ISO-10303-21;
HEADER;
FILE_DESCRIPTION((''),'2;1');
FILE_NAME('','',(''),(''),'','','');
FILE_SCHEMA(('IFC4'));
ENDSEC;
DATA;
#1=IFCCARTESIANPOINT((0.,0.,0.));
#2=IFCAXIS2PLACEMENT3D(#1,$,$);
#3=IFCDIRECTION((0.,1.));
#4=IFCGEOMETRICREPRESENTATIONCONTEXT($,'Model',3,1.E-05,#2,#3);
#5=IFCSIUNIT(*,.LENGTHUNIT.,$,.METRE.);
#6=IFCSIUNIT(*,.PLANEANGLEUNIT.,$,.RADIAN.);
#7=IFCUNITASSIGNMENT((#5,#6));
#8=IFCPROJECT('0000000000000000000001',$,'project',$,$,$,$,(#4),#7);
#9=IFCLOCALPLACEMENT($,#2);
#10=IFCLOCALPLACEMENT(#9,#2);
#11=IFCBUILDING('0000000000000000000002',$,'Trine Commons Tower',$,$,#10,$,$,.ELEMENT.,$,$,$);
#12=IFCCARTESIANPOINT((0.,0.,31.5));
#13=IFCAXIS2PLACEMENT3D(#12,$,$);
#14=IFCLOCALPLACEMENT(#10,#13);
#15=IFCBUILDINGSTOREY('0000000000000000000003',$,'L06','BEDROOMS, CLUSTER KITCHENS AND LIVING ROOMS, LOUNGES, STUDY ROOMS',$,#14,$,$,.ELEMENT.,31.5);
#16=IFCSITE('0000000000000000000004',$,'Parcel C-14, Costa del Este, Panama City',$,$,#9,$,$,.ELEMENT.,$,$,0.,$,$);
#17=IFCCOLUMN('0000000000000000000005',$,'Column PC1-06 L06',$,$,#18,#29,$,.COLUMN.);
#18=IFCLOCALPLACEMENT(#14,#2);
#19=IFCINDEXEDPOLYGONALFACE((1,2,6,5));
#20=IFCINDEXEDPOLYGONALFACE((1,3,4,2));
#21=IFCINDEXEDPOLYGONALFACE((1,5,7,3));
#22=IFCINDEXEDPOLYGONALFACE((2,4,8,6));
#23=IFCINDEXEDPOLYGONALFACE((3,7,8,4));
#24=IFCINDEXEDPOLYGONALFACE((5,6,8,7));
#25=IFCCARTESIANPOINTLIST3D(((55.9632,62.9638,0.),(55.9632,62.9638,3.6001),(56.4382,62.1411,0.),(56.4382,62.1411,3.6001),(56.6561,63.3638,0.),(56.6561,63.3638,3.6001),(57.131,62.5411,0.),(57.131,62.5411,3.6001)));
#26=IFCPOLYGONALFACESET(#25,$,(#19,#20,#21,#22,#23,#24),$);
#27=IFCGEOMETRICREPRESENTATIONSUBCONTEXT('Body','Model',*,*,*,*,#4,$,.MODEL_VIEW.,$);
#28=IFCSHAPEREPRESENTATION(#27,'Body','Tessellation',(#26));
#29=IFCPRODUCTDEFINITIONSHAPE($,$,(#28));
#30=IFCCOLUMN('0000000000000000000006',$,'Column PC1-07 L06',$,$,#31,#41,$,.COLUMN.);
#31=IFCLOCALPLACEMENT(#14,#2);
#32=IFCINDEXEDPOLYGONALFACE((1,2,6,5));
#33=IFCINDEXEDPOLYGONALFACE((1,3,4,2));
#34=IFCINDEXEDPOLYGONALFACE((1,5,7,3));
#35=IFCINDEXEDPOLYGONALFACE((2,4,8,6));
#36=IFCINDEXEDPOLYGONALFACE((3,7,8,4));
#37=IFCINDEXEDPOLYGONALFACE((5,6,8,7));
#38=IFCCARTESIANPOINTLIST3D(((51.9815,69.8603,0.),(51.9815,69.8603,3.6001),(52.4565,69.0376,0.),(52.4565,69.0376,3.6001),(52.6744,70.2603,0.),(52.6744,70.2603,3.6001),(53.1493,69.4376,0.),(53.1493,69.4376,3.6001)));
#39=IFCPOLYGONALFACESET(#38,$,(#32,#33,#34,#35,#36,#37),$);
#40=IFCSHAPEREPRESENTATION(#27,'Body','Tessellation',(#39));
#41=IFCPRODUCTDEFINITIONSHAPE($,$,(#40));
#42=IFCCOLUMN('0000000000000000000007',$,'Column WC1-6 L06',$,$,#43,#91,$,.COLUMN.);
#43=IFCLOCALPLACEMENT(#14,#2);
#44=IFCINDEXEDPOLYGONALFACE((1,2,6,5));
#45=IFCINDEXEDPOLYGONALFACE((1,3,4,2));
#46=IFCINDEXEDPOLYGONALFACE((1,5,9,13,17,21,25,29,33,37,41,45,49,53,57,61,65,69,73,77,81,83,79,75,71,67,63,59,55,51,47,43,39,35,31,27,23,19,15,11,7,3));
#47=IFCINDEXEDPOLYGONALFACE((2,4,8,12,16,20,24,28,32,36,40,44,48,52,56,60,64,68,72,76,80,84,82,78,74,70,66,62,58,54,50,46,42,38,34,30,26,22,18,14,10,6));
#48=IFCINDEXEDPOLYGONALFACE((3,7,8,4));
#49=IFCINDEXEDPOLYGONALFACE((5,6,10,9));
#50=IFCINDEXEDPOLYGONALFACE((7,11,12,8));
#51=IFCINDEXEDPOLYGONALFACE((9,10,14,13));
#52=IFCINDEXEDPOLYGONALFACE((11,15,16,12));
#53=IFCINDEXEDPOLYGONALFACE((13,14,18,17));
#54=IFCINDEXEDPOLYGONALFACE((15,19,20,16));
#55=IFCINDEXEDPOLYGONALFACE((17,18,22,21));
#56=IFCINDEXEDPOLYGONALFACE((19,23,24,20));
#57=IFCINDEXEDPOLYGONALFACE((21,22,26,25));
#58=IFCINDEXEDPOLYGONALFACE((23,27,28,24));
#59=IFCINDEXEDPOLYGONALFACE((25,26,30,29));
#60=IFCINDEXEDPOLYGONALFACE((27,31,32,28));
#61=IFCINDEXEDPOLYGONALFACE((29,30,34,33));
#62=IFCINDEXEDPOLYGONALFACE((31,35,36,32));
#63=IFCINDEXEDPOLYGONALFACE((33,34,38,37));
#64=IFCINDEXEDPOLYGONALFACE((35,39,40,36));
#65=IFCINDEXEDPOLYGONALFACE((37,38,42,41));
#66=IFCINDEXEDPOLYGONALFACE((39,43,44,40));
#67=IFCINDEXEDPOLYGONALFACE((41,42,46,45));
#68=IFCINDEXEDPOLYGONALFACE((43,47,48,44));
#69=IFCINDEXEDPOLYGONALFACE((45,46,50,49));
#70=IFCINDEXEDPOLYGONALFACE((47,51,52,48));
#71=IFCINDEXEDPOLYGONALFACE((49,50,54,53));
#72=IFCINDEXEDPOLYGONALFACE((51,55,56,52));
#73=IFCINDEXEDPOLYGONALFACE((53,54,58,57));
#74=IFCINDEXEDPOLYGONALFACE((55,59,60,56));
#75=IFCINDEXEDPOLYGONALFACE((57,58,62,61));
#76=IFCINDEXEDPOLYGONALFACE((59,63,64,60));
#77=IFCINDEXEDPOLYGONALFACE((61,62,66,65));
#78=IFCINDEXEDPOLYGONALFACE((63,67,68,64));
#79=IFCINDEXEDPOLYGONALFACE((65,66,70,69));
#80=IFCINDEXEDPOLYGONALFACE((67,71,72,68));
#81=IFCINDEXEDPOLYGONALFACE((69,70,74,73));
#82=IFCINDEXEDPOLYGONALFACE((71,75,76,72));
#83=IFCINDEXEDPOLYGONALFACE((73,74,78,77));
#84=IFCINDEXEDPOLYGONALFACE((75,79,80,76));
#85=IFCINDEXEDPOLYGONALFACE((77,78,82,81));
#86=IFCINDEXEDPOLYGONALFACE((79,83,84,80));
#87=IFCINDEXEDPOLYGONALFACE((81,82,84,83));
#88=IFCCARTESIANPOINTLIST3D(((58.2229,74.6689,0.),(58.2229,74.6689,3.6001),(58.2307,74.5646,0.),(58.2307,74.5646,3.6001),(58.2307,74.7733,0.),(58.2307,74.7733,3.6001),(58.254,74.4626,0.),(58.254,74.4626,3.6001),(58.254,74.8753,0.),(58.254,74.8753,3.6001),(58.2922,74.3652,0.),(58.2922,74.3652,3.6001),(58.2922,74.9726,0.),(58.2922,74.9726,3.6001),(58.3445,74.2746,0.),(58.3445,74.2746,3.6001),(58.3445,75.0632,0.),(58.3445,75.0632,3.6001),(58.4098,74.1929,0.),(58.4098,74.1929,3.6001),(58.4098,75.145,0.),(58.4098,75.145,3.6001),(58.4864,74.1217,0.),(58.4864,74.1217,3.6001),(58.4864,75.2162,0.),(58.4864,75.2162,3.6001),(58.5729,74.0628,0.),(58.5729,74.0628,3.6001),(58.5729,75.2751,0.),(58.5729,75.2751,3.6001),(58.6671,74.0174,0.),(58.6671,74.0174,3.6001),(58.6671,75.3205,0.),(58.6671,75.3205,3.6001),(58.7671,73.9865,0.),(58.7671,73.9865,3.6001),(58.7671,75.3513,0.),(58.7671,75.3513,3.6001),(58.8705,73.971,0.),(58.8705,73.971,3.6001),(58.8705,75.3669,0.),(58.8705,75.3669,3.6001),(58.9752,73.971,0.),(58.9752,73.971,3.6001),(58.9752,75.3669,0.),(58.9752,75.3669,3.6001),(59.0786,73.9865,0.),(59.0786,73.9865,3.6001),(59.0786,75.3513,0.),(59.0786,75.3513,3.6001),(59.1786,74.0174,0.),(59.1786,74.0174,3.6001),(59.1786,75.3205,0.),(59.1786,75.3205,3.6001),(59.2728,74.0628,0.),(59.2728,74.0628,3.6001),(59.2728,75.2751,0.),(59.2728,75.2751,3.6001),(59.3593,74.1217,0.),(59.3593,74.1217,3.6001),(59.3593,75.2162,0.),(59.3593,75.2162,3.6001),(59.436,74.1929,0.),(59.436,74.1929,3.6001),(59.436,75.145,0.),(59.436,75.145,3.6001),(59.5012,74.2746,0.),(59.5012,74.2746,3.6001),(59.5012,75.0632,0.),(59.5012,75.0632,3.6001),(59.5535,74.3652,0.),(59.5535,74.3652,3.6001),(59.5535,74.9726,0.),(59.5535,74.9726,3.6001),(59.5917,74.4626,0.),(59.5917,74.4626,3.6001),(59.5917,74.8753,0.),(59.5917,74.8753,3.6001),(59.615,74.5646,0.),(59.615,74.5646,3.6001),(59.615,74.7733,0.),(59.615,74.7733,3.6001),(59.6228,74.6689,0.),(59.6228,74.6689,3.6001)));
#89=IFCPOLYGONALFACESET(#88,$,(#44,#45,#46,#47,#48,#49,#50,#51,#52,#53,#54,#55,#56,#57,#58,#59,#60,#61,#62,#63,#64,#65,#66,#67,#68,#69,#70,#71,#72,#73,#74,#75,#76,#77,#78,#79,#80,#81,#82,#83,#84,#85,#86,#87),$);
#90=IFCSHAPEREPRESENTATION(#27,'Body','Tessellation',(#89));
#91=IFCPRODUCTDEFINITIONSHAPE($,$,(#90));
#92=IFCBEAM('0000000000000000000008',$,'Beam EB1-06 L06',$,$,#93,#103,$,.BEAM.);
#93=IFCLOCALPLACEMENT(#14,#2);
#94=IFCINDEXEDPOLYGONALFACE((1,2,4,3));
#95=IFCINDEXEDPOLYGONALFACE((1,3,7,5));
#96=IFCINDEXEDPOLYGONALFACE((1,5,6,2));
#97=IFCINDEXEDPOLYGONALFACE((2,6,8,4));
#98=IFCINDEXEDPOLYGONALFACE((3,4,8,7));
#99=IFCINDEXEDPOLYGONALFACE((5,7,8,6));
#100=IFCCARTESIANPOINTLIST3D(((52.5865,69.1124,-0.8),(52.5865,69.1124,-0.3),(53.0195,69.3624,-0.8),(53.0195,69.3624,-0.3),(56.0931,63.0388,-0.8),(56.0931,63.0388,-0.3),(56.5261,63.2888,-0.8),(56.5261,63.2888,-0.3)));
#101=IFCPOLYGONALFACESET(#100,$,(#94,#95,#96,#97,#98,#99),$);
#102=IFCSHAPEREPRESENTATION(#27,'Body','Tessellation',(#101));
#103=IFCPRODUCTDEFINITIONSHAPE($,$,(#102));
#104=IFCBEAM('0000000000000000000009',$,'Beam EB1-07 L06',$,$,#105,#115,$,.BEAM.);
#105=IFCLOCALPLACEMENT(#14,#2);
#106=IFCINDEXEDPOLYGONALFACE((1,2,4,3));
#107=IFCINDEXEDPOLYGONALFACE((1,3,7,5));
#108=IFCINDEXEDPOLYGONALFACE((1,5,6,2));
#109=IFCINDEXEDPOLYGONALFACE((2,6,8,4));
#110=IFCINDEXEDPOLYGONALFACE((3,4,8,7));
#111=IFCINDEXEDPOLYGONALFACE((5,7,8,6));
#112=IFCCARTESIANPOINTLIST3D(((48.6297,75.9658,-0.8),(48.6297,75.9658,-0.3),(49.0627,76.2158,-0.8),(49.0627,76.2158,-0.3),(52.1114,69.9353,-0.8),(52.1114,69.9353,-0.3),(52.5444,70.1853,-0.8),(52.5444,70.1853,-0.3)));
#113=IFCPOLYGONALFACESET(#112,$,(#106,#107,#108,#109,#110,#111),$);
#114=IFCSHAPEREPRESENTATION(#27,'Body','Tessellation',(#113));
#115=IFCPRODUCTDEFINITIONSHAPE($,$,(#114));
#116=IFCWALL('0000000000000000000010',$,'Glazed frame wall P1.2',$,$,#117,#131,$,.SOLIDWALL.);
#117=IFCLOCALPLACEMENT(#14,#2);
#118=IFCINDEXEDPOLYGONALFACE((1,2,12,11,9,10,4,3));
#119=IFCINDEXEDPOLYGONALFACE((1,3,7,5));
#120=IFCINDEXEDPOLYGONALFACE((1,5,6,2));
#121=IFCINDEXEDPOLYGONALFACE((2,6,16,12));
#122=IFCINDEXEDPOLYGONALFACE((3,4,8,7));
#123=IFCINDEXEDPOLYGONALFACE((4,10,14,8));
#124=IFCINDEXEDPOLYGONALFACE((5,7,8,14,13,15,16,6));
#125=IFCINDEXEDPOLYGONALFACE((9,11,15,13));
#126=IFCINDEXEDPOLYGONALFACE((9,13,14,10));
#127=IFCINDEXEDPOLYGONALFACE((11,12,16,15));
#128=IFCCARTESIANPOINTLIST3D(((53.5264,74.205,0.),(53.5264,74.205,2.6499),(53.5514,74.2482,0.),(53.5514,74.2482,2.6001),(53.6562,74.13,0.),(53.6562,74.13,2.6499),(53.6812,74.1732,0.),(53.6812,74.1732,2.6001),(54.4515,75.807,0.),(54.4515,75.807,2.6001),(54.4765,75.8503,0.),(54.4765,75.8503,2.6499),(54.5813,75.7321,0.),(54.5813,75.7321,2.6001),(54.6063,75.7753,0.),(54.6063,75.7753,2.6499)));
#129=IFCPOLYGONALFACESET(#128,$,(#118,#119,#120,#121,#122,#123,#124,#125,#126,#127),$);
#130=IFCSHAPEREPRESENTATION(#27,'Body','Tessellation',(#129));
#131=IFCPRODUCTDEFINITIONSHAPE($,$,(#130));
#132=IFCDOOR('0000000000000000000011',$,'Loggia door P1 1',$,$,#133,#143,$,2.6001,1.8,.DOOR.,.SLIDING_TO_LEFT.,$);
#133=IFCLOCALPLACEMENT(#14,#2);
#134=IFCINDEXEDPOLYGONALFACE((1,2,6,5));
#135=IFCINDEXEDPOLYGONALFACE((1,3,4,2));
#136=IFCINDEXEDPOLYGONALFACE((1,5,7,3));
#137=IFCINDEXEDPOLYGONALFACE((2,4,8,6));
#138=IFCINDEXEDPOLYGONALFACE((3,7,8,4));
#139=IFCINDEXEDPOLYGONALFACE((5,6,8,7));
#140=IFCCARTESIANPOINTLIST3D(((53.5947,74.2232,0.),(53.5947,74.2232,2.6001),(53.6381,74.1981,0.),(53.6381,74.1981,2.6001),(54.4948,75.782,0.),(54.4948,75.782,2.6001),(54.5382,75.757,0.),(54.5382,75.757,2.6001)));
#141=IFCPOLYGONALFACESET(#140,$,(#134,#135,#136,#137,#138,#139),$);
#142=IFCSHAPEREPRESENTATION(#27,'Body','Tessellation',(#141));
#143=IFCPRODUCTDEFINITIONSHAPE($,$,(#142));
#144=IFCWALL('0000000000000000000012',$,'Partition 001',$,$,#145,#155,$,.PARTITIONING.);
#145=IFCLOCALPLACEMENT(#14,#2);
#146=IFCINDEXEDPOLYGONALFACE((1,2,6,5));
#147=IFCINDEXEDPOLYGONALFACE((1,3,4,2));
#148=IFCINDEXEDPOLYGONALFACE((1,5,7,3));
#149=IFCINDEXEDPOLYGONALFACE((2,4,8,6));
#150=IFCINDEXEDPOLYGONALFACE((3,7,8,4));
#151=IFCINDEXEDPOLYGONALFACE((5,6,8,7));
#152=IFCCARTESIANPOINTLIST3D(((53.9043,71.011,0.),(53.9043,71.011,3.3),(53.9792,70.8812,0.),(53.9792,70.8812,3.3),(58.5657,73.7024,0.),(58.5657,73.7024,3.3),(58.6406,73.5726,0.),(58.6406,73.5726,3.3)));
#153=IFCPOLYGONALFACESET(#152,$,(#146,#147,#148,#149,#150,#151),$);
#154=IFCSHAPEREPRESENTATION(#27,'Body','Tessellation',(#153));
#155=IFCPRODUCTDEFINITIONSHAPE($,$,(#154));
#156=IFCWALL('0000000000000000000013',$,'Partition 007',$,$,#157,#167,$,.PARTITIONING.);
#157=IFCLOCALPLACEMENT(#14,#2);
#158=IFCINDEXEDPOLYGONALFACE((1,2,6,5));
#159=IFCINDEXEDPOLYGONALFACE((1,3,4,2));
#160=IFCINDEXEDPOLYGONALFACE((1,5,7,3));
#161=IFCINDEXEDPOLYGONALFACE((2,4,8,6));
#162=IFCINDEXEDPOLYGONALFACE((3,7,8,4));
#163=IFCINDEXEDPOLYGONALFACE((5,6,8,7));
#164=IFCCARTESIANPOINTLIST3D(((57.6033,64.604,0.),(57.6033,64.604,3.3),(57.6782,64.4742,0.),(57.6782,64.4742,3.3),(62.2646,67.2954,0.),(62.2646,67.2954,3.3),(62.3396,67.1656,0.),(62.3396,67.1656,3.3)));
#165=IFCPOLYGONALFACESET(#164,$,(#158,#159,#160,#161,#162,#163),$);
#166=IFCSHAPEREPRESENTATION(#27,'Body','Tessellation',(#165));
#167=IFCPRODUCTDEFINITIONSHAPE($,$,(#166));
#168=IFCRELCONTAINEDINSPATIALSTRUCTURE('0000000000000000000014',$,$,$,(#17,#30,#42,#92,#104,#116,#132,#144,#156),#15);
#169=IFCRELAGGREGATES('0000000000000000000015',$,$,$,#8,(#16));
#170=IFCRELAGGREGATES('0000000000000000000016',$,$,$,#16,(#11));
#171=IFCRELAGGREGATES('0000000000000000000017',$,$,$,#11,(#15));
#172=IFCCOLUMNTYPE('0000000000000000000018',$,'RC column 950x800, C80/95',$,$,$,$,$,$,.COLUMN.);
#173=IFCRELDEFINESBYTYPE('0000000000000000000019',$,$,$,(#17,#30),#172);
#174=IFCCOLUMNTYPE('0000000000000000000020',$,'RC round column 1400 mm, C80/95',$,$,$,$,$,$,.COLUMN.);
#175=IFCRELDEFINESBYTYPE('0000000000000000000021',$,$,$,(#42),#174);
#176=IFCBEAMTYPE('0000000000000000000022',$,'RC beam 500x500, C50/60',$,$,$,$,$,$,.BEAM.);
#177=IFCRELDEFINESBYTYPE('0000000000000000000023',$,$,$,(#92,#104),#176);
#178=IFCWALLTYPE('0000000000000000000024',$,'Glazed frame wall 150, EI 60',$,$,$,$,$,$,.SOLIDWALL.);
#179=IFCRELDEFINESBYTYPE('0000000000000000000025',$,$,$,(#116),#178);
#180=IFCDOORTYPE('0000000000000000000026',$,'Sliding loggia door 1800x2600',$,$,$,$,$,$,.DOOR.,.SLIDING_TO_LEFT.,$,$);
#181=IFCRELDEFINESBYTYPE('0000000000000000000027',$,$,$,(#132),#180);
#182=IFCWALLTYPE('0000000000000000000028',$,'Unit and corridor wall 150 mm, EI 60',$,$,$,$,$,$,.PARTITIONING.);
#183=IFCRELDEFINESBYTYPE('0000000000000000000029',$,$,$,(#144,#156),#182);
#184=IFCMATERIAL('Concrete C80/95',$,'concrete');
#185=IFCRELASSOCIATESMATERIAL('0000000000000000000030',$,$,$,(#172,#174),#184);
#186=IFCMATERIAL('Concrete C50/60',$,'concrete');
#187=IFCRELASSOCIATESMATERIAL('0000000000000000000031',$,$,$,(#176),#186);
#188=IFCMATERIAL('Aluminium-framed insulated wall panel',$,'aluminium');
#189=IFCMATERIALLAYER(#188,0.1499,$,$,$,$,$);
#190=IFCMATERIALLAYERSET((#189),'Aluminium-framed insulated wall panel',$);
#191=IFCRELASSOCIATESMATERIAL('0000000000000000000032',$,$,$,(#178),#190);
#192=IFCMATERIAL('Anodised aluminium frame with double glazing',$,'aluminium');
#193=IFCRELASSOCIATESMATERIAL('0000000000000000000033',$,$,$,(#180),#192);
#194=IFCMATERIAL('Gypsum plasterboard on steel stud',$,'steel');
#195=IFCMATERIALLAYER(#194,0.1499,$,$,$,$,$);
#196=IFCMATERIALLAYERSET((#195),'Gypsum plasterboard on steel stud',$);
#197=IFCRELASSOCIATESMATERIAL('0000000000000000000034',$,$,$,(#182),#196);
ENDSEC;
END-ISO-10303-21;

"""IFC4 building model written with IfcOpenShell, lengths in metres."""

from ifc_helpers import new_model, si_unit, direction, frame, frame_2d, origin, origin_2d, place, context, subcontext, project, spatial, polyline, rectangle, circle, outline, extrude, material, layer, layer_set, material_profile, profile_set, type_object, element, fill, save


model = new_model("IFC4")

# Units and contexts
model_context = context("Model", 3, precision=1e-05, world=origin(), true_north=direction((0.0, 1.0)))
body_context = subcontext(model_context, "Body", "Model", "MODEL_VIEW")
ifc_project = project(units=[si_unit("LENGTHUNIT", "METRE"), si_unit("PLANEANGLEUNIT", "RADIAN")], contexts=[model_context])

# Site, building, storey
site_placement = place(None, origin())
site = spatial("IfcSite", under=ifc_project, at=site_placement, Name="Parcel C-14, Costa del Este, Panama City", CompositionType="ELEMENT", RefElevation=0.0)
building_placement = place(site_placement, origin())
building = spatial("IfcBuilding", under=site, at=building_placement, Name="Trine Commons Tower", CompositionType="ELEMENT")
storey_placement = place(building_placement, frame((0.0, 0.0, 31.5)))
storey = spatial("IfcBuildingStorey", under=building, at=storey_placement, Name="L06", Description="BEDROOMS, CLUSTER KITCHENS AND LIVING ROOMS, LOUNGES, STUDY ROOMS", CompositionType="ELEMENT", Elevation=31.5)

# Columns
ifc_material_1 = material(Name="Concrete C80/95", Category="concrete")
ifc_material_profile_1 = material_profile(ifc_material_1, rectangle(XDim=0.95, YDim=0.8, at=origin_2d()), Name="RC 950x800")
ifc_profile_set_1 = profile_set([ifc_material_profile_1], Name="Concrete C80/95")
column_type_1 = type_object("IfcColumnType", Name="RC column 950x800, C80/95", PredefinedType="COLUMN", material=ifc_profile_set_1)
for number, where, z_axis, x_axis, name in (
    (1, (56.5471, 62.7524, 0.0), (0.0, 0.0, 1.0), (-0.5, 0.866025, 0.0), "Column PC1-06 L06"),
    (2, (52.5654, 69.6489, 0.0), (0.0, 0.0, 1.0), (-0.5, 0.866025, 0.0), "Column PC1-07 L06"),
):
    element("IfcColumn", number, at=place(storey_placement, frame(where, z_axis=z_axis, x_axis=x_axis)), inside=storey, type_object=column_type_1, Name=name, PredefinedType="COLUMN", context=body_context, shape_type="SweptSolid", body=[
        extrude(rectangle(XDim=0.95, YDim=0.8, at=origin_2d()), origin(), (0.0, 0.0, 1.0), 3.6001),
    ])
ifc_material_profile_2 = material_profile(ifc_material_1, circle(Radius=0.7, at=origin_2d()), Name="RC round 1400")
ifc_profile_set_2 = profile_set([ifc_material_profile_2], Name="Concrete C80/95")
column_type_2 = type_object("IfcColumnType", Name="RC round column 1400 mm, C80/95", PredefinedType="COLUMN", material=ifc_profile_set_2)
column_placement = place(storey_placement, frame((58.9229, 74.6689, 0.0), z_axis=(0.0, 0.0, 1.0), x_axis=(1.0, 0.0, 0.0)))
element("IfcColumn", 3, at=column_placement, inside=storey, type_object=column_type_2, Name="Column WC1-6 L06", PredefinedType="COLUMN", context=body_context, shape_type="SweptSolid", body=[
    extrude(circle(Radius=0.7, at=origin_2d()), origin(), (0.0, 0.0, 1.0), 3.6001),
])

# Beams
ifc_material_2 = material(Name="Concrete C50/60", Category="concrete")
ifc_material_profile_3 = material_profile(ifc_material_2, rectangle(XDim=0.5, YDim=0.5, at=origin_2d()), Name="RC 500x500")
ifc_profile_set_3 = profile_set([ifc_material_profile_3], Name="Concrete C50/60")
beam_type = type_object("IfcBeamType", Name="RC beam 500x500, C50/60", PredefinedType="BEAM", material=ifc_profile_set_3)
beam_1_placement = place(storey_placement, frame((56.3096, 63.1638, -0.55), z_axis=(-0.499992, 0.86603, 0.0), x_axis=(-0.86603, -0.499992, 0.0)))
element("IfcBeam", 4, at=beam_1_placement, inside=storey, type_object=beam_type, Name="Beam EB1-06 L06", PredefinedType="BEAM", context=body_context, shape_type="SweptSolid", body=[
    extrude(rectangle(XDim=0.5, YDim=0.5, at=origin_2d()), origin(), (0.0, 0.0, 1.0), 7.0132),
])
beam_2_placement = place(storey_placement, frame((52.3279, 70.0603, -0.55), z_axis=(-0.499997, 0.866027, 0.0), x_axis=(-0.866027, -0.499997, 0.0)))
element("IfcBeam", 5, at=beam_2_placement, inside=storey, type_object=beam_type, Name="Beam EB1-07 L06", PredefinedType="BEAM", context=body_context, shape_type="SweptSolid", body=[
    extrude(rectangle(XDim=0.5, YDim=0.5, at=origin_2d()), origin(), (0.0, 0.0, 1.0), 6.9634),
])

# Shared definitions
ifc_material_3 = material(Name="Aluminium-framed insulated wall panel", Category="aluminium")
ifc_layer_1 = layer(ifc_material_3, 0.1499)
ifc_layer_set_1 = layer_set([ifc_layer_1], Name="Aluminium-framed insulated wall panel")
wall_type_1 = type_object("IfcWallType", Name="Glazed frame wall 150, EI 60", PredefinedType="SOLIDWALL", material=ifc_layer_set_1)

# Wall, opening, door
wall_1_placement = place(storey_placement, frame((53.5913, 74.1675, 0.0), z_axis=(0.0, 0.0, 1.0), x_axis=(0.500064, 0.865989, 0.0)))
wall_1 = element("IfcWall", 6, at=wall_1_placement, inside=storey, type_object=wall_type_1, Name="Glazed frame wall P1.2", PredefinedType="SOLIDWALL", context=body_context, shape_type="SweptSolid", body=[
    extrude(outline(polyline([(0.0, -0.075), (1.8999, -0.075), (1.8999, 0.075), (0.0, 0.075), (0.0, -0.075)])), origin(), (0.0, 0.0, 1.0), 2.6499),
])
opening_1_placement = place(wall_1_placement, frame((0.05, 0.0, 0.0)))
opening_1 = element("IfcOpeningElement", 7, at=opening_1_placement, cuts=wall_1, PredefinedType="OPENING", context=body_context, shape_type="SweptSolid", body=[
    extrude(rectangle(XDim=1.8, YDim=2.6001, at=frame_2d((0.8999, 1.3))), frame((0.0, 0.085, 0.0), z_axis=(0.0, -1.0, 0.0), x_axis=(1.0, 0.0, 0.0)), (0.0, 0.0, 1.0), 0.1699),
])
ifc_material_4 = material(Name="Anodised aluminium frame with double glazing", Category="aluminium")
door_type_1 = type_object("IfcDoorType", Name="Sliding loggia door 1800x2600", OperationType="SLIDING_TO_LEFT", PredefinedType="DOOR", material=ifc_material_4)
door_1_placement = place(opening_1_placement, origin())
door_1 = element("IfcDoor", 8, at=door_1_placement, inside=storey, type_object=door_type_1, Name="Loggia door P1 1", OperationType="SLIDING_TO_LEFT", OverallHeight=2.6001, OverallWidth=1.8, PredefinedType="DOOR", context=body_context, shape_type="SweptSolid", body=[
    extrude(rectangle(XDim=1.8, YDim=2.6001, at=frame_2d((0.8999, 1.3))), frame((0.0, 0.0249, 0.0), z_axis=(0.0, -1.0, 0.0), x_axis=(1.0, 0.0, 0.0)), (0.0, 0.0, 1.0), 0.05),
])
fill(opening_1, door_1)

# Walls
ifc_material_5 = material(Name="Gypsum plasterboard on steel stud", Category="steel")
ifc_layer_2 = layer(ifc_material_5, 0.1499)
ifc_layer_set_2 = layer_set([ifc_layer_2], Name="Gypsum plasterboard on steel stud")
wall_type_2 = type_object("IfcWallType", Name="Unit and corridor wall 150 mm, EI 60", PredefinedType="PARTITIONING", material=ifc_layer_set_2)
for number, where, z_axis, x_axis, name in (
    (9, (53.9417, 70.946, 0.0), (0.0, 0.0, 1.0), (0.866013, 0.500022, 0.0), "Partition 001"),
    (10, (57.6406, 64.5391, 0.0), (0.0, 0.0, 1.0), (0.866013, 0.500022, 0.0), "Partition 007"),
):
    element("IfcWall", number, at=place(storey_placement, frame(where, z_axis=z_axis, x_axis=x_axis)), inside=storey, type_object=wall_type_2, Name=name, PredefinedType="PARTITIONING", context=body_context, shape_type="SweptSolid", body=[
        extrude(rectangle(XDim=5.3826, YDim=0.1499, at=frame_2d((2.6914, 0.0))), origin(), (0.0, 0.0, 1.0), 3.3),
    ])

save(model, "model.ifc")
